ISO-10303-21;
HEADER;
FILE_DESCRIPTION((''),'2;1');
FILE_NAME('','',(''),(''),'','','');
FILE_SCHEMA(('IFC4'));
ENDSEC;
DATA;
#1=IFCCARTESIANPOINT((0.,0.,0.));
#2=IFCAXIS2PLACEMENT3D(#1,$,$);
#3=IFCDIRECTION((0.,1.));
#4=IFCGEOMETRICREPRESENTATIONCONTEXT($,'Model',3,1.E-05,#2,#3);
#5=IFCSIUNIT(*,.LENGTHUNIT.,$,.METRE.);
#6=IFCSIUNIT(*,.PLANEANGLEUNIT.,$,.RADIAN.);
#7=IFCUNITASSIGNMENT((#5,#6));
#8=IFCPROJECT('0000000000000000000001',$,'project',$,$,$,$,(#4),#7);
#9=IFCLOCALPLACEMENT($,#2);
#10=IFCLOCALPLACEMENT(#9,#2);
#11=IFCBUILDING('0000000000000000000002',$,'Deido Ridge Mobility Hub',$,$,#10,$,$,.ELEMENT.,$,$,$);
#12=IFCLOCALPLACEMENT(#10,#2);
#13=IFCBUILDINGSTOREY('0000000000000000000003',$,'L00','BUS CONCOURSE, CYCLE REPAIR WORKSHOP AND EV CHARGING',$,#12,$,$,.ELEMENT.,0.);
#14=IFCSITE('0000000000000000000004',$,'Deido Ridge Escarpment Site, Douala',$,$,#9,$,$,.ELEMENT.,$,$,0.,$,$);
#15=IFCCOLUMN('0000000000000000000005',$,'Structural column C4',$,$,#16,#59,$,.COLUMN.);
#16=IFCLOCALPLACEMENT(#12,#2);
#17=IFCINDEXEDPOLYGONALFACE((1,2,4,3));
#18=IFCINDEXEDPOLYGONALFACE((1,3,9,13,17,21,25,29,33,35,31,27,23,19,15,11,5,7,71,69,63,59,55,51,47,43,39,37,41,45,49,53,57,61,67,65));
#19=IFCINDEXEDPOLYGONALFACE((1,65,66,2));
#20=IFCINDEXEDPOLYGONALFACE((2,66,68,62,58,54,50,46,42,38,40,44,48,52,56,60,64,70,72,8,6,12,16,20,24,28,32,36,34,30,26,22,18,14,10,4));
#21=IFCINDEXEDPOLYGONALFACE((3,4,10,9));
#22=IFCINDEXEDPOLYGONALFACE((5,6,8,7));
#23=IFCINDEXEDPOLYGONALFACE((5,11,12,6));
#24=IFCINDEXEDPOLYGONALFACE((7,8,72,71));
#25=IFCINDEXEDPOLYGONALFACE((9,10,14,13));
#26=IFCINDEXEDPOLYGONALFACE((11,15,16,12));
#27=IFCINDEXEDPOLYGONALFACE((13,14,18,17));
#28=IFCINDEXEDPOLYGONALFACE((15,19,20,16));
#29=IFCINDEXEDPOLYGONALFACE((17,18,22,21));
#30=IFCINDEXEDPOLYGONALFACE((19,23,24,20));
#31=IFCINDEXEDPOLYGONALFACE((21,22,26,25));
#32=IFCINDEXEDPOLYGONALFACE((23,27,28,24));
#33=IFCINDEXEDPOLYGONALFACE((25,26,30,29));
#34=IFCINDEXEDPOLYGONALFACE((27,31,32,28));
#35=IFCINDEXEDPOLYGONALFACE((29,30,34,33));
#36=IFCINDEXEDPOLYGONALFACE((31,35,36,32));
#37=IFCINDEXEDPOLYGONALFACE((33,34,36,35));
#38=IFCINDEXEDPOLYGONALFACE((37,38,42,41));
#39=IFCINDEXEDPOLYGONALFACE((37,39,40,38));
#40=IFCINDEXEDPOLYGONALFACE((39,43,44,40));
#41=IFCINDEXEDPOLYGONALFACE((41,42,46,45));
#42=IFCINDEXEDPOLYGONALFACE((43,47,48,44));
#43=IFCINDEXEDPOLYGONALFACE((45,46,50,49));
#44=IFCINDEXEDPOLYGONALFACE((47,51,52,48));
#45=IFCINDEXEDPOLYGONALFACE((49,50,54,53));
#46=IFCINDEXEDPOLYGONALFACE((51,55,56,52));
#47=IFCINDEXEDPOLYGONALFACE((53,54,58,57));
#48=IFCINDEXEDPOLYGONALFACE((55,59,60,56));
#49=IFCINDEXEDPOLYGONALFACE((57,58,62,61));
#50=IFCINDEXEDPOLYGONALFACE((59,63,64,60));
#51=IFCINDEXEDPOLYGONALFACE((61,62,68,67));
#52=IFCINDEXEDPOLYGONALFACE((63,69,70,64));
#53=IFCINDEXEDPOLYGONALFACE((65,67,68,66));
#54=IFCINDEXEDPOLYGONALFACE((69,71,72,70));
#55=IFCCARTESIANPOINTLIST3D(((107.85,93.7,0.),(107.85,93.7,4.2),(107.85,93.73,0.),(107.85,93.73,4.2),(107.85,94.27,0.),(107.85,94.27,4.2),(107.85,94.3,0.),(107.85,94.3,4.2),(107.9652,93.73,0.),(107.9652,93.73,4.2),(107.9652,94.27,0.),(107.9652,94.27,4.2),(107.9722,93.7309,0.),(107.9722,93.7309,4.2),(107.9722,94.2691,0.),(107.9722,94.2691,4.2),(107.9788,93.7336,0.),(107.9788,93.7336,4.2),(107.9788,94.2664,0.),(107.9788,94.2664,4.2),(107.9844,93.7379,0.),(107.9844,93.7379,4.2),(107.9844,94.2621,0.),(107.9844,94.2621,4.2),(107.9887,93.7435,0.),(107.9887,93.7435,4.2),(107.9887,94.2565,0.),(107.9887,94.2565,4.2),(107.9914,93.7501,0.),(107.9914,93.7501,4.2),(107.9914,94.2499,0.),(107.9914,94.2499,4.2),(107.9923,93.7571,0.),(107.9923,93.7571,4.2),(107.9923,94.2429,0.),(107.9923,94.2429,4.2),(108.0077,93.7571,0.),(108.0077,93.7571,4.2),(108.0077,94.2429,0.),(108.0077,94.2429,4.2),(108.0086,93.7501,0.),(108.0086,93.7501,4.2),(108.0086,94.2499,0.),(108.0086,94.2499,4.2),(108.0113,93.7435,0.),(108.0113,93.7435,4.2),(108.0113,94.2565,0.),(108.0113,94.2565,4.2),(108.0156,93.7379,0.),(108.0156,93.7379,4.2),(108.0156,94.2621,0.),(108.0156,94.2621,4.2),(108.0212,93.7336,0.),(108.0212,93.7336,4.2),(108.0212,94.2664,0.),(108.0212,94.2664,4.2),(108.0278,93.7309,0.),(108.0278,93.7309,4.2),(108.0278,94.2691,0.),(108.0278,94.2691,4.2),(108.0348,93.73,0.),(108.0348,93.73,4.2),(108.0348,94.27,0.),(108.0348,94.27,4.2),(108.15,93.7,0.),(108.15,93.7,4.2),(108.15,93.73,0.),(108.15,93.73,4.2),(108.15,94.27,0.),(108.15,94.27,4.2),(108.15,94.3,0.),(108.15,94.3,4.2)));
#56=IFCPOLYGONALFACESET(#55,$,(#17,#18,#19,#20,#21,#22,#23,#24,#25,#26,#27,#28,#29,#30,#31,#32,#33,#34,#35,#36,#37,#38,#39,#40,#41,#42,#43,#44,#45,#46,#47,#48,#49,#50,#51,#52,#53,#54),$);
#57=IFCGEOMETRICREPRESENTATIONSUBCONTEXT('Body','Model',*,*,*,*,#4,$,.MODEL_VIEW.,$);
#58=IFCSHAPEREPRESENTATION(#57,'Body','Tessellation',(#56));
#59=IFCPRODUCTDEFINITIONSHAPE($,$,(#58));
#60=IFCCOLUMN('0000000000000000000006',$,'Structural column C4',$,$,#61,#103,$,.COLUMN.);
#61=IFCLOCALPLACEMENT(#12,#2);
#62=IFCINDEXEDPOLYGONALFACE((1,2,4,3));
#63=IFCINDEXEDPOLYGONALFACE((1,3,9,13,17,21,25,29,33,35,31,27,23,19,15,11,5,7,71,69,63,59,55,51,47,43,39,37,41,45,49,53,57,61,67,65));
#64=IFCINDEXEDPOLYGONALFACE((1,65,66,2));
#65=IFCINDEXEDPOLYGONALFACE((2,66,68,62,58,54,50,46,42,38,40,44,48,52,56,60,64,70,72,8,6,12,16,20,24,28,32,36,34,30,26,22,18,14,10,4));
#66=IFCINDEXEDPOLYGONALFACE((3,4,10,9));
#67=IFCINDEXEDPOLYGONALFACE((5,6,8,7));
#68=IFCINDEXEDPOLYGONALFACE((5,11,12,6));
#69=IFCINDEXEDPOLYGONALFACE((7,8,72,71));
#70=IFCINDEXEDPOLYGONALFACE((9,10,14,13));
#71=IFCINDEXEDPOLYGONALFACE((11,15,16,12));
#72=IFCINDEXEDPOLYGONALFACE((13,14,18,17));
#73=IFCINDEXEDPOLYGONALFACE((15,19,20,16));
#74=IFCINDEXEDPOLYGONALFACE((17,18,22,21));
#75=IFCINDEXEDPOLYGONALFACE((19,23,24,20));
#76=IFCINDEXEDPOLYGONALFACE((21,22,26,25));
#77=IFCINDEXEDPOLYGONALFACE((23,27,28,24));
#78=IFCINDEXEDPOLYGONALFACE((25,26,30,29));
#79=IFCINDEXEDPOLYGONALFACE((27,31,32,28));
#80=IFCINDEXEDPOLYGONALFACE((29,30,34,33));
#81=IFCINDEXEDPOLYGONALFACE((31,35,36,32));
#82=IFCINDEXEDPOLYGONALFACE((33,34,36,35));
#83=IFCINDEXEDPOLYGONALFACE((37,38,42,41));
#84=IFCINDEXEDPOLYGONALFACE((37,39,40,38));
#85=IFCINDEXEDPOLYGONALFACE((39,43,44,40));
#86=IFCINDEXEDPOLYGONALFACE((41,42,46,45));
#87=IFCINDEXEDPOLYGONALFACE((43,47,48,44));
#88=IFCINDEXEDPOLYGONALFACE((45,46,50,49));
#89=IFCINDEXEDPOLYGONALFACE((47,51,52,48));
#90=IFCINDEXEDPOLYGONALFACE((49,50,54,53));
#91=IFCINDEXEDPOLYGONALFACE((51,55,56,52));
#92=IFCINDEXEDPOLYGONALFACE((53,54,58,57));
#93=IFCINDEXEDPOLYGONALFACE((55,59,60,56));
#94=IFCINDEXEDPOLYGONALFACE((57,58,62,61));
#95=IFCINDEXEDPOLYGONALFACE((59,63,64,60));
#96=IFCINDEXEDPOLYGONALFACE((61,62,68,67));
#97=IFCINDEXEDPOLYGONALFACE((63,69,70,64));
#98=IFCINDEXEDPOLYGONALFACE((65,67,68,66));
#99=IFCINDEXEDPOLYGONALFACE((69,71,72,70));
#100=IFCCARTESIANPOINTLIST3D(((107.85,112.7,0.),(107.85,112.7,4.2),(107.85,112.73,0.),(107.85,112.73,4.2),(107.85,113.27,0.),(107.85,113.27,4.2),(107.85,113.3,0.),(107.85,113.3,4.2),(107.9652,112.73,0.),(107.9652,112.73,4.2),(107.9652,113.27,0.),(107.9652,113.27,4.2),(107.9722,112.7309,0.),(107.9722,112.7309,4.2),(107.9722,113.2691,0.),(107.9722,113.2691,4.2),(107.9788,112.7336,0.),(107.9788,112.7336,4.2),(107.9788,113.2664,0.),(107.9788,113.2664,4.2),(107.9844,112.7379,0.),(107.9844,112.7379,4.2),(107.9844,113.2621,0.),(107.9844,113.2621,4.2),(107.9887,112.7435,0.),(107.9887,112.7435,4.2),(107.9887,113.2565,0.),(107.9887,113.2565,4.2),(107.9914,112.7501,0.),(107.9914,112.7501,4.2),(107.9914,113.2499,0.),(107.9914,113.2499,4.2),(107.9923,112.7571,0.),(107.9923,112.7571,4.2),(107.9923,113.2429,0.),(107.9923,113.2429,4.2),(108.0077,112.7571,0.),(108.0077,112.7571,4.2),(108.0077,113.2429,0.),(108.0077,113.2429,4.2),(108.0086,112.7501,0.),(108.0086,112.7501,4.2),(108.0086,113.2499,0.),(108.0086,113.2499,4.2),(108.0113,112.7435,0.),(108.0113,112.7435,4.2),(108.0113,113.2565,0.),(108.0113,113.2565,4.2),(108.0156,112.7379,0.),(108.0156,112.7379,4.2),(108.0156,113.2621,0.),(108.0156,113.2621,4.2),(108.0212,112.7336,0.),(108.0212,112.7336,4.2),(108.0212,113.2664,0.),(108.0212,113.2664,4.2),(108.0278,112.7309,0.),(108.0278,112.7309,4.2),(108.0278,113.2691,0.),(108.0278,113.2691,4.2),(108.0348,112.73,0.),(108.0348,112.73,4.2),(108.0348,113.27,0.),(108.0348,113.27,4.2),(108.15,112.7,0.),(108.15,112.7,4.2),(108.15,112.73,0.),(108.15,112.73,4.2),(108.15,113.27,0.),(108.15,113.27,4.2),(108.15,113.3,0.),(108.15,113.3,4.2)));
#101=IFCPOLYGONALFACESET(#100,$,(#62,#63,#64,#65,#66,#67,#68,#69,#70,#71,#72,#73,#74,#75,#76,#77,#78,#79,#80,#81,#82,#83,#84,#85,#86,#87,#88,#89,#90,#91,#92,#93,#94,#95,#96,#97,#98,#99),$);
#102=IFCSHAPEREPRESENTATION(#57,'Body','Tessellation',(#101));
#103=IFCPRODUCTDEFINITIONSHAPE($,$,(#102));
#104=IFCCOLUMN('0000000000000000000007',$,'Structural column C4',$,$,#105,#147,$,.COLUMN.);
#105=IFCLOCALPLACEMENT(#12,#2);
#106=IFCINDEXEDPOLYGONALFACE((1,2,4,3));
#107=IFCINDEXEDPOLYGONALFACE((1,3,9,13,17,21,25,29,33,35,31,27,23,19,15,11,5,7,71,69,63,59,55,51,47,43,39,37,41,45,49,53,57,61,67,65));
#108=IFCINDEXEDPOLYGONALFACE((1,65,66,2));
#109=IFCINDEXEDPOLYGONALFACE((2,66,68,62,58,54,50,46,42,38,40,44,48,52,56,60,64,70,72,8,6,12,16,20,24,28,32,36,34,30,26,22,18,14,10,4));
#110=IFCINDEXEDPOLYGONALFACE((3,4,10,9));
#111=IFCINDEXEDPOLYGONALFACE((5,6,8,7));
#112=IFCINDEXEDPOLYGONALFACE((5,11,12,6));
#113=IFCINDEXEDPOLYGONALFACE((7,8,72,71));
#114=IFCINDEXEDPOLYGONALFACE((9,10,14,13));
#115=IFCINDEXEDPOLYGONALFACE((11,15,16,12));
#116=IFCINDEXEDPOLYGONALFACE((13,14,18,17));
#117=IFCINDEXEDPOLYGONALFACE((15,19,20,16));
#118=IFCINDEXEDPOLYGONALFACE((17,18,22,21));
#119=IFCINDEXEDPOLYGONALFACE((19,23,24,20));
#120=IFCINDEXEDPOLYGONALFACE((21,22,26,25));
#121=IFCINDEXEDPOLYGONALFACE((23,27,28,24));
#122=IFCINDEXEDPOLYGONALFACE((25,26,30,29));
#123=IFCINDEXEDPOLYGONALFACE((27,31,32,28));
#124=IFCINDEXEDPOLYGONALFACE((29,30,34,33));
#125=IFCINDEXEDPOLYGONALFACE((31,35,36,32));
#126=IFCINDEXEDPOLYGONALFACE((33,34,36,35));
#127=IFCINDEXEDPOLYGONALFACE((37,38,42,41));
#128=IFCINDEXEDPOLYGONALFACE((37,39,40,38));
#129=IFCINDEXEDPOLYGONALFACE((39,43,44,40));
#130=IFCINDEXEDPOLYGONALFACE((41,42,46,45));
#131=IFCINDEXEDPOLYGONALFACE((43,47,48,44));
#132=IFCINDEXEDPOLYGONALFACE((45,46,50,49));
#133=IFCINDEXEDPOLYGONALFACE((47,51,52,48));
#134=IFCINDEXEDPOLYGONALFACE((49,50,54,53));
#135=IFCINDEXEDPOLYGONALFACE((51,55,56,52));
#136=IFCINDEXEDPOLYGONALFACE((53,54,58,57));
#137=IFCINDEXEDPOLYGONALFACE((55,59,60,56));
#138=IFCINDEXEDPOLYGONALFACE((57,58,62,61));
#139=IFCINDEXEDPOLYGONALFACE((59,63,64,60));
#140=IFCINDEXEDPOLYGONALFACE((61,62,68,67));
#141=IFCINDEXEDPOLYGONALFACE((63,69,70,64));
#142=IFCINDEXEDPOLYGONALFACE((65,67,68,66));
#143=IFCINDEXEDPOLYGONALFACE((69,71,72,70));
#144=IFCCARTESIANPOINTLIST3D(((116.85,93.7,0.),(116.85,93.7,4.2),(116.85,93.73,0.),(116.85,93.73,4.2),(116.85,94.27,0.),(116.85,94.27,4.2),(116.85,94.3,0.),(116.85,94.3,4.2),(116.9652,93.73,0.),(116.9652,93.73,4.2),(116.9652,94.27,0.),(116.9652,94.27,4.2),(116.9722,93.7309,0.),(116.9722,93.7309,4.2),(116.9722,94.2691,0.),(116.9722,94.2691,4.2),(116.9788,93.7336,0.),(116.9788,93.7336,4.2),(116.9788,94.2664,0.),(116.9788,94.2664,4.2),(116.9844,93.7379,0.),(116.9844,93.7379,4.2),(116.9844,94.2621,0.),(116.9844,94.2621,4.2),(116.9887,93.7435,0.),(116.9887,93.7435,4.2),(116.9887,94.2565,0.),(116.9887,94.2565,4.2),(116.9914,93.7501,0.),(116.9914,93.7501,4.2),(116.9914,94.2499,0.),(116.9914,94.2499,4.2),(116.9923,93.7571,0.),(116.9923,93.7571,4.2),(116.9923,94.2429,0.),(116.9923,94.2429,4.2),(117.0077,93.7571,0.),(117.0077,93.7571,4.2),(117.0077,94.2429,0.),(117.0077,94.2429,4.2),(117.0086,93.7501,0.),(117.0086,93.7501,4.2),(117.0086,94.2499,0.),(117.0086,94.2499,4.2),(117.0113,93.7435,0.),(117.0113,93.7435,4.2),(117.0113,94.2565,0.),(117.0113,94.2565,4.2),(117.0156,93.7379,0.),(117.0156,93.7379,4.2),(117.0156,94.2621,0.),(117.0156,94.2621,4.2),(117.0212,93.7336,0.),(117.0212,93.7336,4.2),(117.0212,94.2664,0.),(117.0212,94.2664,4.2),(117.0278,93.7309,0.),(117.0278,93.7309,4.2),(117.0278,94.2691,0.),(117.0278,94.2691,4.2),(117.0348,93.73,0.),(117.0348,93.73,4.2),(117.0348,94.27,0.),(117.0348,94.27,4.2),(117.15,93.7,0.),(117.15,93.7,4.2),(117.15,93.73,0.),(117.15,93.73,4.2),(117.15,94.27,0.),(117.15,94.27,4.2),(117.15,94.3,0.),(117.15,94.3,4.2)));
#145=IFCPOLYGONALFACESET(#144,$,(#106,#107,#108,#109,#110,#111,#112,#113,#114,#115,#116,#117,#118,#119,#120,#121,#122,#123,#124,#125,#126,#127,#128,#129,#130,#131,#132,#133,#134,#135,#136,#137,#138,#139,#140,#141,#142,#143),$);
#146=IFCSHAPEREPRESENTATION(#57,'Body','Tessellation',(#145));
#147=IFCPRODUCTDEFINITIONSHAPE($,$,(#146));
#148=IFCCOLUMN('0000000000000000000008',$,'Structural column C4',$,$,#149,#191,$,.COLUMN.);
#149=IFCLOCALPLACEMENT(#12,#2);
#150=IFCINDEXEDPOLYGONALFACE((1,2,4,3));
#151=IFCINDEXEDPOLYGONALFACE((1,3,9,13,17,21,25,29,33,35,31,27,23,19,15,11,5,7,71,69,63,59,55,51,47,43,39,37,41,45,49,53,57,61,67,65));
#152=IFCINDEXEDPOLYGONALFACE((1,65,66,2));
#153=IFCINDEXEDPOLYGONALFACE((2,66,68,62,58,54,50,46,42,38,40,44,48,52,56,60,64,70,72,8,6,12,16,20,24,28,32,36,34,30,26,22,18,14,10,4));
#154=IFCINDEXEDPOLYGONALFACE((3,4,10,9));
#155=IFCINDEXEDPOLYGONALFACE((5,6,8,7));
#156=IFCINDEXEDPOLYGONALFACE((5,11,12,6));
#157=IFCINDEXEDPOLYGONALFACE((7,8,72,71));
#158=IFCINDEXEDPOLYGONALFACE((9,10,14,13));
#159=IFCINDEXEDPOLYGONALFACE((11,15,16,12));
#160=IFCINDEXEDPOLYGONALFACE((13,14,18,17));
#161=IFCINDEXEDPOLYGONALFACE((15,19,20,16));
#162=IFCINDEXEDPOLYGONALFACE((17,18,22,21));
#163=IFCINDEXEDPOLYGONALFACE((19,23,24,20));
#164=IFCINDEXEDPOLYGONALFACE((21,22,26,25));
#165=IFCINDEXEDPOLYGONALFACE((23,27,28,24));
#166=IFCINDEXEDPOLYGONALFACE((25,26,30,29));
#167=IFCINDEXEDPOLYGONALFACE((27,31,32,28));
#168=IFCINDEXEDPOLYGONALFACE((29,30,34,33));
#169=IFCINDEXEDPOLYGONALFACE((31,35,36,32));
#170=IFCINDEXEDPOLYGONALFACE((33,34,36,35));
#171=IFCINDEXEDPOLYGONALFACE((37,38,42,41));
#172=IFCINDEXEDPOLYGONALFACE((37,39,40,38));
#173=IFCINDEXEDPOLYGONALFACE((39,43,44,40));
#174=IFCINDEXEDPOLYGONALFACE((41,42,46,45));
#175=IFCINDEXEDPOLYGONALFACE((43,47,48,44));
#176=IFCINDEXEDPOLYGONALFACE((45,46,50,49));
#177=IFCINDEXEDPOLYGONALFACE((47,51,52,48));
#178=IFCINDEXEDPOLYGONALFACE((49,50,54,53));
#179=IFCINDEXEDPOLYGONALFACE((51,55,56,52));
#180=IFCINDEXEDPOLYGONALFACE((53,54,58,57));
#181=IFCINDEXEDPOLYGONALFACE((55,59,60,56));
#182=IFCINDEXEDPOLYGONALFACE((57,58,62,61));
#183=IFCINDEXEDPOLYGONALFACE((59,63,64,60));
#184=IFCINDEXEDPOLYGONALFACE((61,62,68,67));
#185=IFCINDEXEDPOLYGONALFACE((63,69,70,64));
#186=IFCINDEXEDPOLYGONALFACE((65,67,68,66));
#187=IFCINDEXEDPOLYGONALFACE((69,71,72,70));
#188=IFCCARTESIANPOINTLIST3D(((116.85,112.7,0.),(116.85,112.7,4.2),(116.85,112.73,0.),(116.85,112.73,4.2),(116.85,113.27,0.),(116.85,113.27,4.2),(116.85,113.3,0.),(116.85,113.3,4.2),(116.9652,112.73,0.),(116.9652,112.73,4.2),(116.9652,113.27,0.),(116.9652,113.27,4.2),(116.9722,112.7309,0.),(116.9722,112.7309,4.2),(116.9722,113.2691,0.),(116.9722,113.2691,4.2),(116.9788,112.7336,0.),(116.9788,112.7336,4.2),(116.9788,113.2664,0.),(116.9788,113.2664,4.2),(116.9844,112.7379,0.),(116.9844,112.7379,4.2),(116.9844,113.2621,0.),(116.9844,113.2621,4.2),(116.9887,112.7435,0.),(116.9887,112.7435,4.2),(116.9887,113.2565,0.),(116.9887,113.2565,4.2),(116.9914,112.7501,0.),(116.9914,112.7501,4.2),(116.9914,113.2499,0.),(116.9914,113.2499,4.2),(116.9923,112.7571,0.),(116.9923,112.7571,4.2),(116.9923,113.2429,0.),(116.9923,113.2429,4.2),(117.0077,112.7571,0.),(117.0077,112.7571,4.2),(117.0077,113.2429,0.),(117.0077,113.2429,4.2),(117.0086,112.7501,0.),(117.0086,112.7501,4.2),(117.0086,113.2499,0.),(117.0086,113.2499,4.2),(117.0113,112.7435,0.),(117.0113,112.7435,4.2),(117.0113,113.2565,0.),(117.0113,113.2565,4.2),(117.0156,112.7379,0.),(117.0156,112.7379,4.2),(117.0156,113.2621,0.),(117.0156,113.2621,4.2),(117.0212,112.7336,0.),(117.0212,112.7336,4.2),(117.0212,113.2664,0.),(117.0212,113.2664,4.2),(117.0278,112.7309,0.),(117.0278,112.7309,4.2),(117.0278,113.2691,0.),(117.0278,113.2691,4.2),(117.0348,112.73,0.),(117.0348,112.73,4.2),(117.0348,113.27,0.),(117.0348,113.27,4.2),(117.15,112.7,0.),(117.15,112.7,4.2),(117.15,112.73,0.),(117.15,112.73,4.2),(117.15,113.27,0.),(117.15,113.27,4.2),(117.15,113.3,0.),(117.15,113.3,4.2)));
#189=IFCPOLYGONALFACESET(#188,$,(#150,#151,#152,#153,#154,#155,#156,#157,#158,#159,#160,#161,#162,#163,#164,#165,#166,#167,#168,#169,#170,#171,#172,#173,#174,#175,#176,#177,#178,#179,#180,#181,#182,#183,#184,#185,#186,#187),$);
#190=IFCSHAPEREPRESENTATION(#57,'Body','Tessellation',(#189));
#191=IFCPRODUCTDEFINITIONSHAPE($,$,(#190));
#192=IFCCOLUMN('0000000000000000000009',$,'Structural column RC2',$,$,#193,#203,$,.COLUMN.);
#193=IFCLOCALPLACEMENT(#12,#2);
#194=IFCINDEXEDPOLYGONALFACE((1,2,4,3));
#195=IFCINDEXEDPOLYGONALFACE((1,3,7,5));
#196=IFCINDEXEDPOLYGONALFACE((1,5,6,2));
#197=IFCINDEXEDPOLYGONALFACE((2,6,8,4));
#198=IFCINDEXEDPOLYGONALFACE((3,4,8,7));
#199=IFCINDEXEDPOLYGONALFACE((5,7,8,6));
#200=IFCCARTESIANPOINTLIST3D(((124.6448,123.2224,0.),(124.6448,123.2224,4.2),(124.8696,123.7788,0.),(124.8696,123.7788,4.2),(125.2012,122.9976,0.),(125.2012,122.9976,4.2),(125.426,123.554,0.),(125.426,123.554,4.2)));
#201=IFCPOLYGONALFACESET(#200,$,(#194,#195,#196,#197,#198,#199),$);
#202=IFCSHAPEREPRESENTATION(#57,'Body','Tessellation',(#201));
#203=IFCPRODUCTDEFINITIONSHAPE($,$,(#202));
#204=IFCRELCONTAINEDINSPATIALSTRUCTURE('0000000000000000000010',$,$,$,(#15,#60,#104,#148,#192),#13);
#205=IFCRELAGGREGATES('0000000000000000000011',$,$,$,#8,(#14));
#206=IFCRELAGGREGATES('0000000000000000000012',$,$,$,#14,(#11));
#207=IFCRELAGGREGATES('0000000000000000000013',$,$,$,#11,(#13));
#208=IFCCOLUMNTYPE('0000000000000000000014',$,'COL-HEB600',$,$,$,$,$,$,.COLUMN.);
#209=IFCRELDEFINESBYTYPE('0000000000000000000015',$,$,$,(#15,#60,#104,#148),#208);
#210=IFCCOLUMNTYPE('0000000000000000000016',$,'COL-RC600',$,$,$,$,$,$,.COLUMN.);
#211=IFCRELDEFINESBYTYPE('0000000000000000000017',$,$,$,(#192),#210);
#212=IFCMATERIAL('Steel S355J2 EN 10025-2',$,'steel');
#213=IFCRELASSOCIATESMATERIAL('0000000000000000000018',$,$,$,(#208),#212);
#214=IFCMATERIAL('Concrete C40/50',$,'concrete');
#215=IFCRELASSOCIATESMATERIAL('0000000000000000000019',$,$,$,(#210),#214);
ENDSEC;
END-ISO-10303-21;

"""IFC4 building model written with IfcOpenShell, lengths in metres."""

from ifc_helpers import new_model, si_unit, direction, frame, origin, origin_2d, place, context, subcontext, project, spatial, rectangle, i_section, extrude, material, material_profile, profile_set, type_object, element, save


model = new_model("IFC4")

# Units and contexts
model_context = context("Model", 3, precision=1e-05, world=origin(), true_north=direction((0.0, 1.0)))
body_context = subcontext(model_context, "Body", "Model", "MODEL_VIEW")
ifc_project = project(units=[si_unit("LENGTHUNIT", "METRE"), si_unit("PLANEANGLEUNIT", "RADIAN")], contexts=[model_context])

# Site, building, storey
site_placement = place(None, origin())
site = spatial("IfcSite", under=ifc_project, at=site_placement, Name="Deido Ridge Escarpment Site, Douala", CompositionType="ELEMENT", RefElevation=0.0)
building_placement = place(site_placement, origin())
building = spatial("IfcBuilding", under=site, at=building_placement, Name="Deido Ridge Mobility Hub", CompositionType="ELEMENT")
storey_placement = place(building_placement, origin())
storey = spatial("IfcBuildingStorey", under=building, at=storey_placement, Name="L00", Description="BUS CONCOURSE, CYCLE REPAIR WORKSHOP AND EV CHARGING", CompositionType="ELEMENT", Elevation=0.0)

# Columns
ifc_material_1 = material(Name="Steel S355J2 EN 10025-2", Category="steel")
ifc_material_profile_1 = material_profile(ifc_material_1, i_section(OverallWidth=0.3, OverallDepth=0.6001, WebThickness=0.0154, FlangeThickness=0.03, FilletRadius=0.0271, at=origin_2d()), Name="HEB 600")
ifc_profile_set_1 = profile_set([ifc_material_profile_1], Name="Steel S355J2 EN 10025-2")
column_type_1 = type_object("IfcColumnType", Name="COL-HEB600", PredefinedType="COLUMN", material=ifc_profile_set_1)
for number, where, z_axis, x_axis, name in (
    (1, (108.0, 94.0, 0.0), (0.0, 0.0, 1.0), (1.0, 0.0, 0.0), "Structural column C4"),
    (2, (108.0, 113.0, 0.0), (0.0, 0.0, 1.0), (1.0, 0.0, 0.0), "Structural column C4"),
    (3, (117.0, 94.0, 0.0), (0.0, 0.0, 1.0), (1.0, 0.0, 0.0), "Structural column C4"),
    (4, (117.0, 113.0, 0.0), (0.0, 0.0, 1.0), (1.0, 0.0, 0.0), "Structural column C4"),
):
    element("IfcColumn", number, at=place(storey_placement, frame(where, z_axis=z_axis, x_axis=x_axis)), inside=storey, type_object=column_type_1, Name=name, PredefinedType="COLUMN", context=body_context, shape_type="SweptSolid", body=[
        extrude(i_section(OverallWidth=0.3, OverallDepth=0.6001, WebThickness=0.0154, FlangeThickness=0.03, FilletRadius=0.0271, at=origin_2d()), origin(), (0.0, 0.0, 1.0), 4.2),
    ])
ifc_material_2 = material(Name="Concrete C40/50", Category="concrete")
ifc_material_profile_2 = material_profile(ifc_material_2, rectangle(XDim=0.6001, YDim=0.6001, at=origin_2d()), Name="RC COL 600x600")
ifc_profile_set_2 = profile_set([ifc_material_profile_2], Name="Concrete C40/50")
column_type_2 = type_object("IfcColumnType", Name="COL-RC600", PredefinedType="COLUMN", material=ifc_profile_set_2)
column_placement = place(storey_placement, frame((125.0354, 123.3882, 0.0), z_axis=(0.0, 0.0, 1.0), x_axis=(0.374607, 0.927184, 0.0)))
element("IfcColumn", 5, at=column_placement, inside=storey, type_object=column_type_2, Name="Structural column RC2", PredefinedType="COLUMN", context=body_context, shape_type="SweptSolid", body=[
    extrude(rectangle(XDim=0.6001, YDim=0.6001, at=origin_2d()), origin(), (0.0, 0.0, 1.0), 4.2),
])

save(model, "model.ifc")
